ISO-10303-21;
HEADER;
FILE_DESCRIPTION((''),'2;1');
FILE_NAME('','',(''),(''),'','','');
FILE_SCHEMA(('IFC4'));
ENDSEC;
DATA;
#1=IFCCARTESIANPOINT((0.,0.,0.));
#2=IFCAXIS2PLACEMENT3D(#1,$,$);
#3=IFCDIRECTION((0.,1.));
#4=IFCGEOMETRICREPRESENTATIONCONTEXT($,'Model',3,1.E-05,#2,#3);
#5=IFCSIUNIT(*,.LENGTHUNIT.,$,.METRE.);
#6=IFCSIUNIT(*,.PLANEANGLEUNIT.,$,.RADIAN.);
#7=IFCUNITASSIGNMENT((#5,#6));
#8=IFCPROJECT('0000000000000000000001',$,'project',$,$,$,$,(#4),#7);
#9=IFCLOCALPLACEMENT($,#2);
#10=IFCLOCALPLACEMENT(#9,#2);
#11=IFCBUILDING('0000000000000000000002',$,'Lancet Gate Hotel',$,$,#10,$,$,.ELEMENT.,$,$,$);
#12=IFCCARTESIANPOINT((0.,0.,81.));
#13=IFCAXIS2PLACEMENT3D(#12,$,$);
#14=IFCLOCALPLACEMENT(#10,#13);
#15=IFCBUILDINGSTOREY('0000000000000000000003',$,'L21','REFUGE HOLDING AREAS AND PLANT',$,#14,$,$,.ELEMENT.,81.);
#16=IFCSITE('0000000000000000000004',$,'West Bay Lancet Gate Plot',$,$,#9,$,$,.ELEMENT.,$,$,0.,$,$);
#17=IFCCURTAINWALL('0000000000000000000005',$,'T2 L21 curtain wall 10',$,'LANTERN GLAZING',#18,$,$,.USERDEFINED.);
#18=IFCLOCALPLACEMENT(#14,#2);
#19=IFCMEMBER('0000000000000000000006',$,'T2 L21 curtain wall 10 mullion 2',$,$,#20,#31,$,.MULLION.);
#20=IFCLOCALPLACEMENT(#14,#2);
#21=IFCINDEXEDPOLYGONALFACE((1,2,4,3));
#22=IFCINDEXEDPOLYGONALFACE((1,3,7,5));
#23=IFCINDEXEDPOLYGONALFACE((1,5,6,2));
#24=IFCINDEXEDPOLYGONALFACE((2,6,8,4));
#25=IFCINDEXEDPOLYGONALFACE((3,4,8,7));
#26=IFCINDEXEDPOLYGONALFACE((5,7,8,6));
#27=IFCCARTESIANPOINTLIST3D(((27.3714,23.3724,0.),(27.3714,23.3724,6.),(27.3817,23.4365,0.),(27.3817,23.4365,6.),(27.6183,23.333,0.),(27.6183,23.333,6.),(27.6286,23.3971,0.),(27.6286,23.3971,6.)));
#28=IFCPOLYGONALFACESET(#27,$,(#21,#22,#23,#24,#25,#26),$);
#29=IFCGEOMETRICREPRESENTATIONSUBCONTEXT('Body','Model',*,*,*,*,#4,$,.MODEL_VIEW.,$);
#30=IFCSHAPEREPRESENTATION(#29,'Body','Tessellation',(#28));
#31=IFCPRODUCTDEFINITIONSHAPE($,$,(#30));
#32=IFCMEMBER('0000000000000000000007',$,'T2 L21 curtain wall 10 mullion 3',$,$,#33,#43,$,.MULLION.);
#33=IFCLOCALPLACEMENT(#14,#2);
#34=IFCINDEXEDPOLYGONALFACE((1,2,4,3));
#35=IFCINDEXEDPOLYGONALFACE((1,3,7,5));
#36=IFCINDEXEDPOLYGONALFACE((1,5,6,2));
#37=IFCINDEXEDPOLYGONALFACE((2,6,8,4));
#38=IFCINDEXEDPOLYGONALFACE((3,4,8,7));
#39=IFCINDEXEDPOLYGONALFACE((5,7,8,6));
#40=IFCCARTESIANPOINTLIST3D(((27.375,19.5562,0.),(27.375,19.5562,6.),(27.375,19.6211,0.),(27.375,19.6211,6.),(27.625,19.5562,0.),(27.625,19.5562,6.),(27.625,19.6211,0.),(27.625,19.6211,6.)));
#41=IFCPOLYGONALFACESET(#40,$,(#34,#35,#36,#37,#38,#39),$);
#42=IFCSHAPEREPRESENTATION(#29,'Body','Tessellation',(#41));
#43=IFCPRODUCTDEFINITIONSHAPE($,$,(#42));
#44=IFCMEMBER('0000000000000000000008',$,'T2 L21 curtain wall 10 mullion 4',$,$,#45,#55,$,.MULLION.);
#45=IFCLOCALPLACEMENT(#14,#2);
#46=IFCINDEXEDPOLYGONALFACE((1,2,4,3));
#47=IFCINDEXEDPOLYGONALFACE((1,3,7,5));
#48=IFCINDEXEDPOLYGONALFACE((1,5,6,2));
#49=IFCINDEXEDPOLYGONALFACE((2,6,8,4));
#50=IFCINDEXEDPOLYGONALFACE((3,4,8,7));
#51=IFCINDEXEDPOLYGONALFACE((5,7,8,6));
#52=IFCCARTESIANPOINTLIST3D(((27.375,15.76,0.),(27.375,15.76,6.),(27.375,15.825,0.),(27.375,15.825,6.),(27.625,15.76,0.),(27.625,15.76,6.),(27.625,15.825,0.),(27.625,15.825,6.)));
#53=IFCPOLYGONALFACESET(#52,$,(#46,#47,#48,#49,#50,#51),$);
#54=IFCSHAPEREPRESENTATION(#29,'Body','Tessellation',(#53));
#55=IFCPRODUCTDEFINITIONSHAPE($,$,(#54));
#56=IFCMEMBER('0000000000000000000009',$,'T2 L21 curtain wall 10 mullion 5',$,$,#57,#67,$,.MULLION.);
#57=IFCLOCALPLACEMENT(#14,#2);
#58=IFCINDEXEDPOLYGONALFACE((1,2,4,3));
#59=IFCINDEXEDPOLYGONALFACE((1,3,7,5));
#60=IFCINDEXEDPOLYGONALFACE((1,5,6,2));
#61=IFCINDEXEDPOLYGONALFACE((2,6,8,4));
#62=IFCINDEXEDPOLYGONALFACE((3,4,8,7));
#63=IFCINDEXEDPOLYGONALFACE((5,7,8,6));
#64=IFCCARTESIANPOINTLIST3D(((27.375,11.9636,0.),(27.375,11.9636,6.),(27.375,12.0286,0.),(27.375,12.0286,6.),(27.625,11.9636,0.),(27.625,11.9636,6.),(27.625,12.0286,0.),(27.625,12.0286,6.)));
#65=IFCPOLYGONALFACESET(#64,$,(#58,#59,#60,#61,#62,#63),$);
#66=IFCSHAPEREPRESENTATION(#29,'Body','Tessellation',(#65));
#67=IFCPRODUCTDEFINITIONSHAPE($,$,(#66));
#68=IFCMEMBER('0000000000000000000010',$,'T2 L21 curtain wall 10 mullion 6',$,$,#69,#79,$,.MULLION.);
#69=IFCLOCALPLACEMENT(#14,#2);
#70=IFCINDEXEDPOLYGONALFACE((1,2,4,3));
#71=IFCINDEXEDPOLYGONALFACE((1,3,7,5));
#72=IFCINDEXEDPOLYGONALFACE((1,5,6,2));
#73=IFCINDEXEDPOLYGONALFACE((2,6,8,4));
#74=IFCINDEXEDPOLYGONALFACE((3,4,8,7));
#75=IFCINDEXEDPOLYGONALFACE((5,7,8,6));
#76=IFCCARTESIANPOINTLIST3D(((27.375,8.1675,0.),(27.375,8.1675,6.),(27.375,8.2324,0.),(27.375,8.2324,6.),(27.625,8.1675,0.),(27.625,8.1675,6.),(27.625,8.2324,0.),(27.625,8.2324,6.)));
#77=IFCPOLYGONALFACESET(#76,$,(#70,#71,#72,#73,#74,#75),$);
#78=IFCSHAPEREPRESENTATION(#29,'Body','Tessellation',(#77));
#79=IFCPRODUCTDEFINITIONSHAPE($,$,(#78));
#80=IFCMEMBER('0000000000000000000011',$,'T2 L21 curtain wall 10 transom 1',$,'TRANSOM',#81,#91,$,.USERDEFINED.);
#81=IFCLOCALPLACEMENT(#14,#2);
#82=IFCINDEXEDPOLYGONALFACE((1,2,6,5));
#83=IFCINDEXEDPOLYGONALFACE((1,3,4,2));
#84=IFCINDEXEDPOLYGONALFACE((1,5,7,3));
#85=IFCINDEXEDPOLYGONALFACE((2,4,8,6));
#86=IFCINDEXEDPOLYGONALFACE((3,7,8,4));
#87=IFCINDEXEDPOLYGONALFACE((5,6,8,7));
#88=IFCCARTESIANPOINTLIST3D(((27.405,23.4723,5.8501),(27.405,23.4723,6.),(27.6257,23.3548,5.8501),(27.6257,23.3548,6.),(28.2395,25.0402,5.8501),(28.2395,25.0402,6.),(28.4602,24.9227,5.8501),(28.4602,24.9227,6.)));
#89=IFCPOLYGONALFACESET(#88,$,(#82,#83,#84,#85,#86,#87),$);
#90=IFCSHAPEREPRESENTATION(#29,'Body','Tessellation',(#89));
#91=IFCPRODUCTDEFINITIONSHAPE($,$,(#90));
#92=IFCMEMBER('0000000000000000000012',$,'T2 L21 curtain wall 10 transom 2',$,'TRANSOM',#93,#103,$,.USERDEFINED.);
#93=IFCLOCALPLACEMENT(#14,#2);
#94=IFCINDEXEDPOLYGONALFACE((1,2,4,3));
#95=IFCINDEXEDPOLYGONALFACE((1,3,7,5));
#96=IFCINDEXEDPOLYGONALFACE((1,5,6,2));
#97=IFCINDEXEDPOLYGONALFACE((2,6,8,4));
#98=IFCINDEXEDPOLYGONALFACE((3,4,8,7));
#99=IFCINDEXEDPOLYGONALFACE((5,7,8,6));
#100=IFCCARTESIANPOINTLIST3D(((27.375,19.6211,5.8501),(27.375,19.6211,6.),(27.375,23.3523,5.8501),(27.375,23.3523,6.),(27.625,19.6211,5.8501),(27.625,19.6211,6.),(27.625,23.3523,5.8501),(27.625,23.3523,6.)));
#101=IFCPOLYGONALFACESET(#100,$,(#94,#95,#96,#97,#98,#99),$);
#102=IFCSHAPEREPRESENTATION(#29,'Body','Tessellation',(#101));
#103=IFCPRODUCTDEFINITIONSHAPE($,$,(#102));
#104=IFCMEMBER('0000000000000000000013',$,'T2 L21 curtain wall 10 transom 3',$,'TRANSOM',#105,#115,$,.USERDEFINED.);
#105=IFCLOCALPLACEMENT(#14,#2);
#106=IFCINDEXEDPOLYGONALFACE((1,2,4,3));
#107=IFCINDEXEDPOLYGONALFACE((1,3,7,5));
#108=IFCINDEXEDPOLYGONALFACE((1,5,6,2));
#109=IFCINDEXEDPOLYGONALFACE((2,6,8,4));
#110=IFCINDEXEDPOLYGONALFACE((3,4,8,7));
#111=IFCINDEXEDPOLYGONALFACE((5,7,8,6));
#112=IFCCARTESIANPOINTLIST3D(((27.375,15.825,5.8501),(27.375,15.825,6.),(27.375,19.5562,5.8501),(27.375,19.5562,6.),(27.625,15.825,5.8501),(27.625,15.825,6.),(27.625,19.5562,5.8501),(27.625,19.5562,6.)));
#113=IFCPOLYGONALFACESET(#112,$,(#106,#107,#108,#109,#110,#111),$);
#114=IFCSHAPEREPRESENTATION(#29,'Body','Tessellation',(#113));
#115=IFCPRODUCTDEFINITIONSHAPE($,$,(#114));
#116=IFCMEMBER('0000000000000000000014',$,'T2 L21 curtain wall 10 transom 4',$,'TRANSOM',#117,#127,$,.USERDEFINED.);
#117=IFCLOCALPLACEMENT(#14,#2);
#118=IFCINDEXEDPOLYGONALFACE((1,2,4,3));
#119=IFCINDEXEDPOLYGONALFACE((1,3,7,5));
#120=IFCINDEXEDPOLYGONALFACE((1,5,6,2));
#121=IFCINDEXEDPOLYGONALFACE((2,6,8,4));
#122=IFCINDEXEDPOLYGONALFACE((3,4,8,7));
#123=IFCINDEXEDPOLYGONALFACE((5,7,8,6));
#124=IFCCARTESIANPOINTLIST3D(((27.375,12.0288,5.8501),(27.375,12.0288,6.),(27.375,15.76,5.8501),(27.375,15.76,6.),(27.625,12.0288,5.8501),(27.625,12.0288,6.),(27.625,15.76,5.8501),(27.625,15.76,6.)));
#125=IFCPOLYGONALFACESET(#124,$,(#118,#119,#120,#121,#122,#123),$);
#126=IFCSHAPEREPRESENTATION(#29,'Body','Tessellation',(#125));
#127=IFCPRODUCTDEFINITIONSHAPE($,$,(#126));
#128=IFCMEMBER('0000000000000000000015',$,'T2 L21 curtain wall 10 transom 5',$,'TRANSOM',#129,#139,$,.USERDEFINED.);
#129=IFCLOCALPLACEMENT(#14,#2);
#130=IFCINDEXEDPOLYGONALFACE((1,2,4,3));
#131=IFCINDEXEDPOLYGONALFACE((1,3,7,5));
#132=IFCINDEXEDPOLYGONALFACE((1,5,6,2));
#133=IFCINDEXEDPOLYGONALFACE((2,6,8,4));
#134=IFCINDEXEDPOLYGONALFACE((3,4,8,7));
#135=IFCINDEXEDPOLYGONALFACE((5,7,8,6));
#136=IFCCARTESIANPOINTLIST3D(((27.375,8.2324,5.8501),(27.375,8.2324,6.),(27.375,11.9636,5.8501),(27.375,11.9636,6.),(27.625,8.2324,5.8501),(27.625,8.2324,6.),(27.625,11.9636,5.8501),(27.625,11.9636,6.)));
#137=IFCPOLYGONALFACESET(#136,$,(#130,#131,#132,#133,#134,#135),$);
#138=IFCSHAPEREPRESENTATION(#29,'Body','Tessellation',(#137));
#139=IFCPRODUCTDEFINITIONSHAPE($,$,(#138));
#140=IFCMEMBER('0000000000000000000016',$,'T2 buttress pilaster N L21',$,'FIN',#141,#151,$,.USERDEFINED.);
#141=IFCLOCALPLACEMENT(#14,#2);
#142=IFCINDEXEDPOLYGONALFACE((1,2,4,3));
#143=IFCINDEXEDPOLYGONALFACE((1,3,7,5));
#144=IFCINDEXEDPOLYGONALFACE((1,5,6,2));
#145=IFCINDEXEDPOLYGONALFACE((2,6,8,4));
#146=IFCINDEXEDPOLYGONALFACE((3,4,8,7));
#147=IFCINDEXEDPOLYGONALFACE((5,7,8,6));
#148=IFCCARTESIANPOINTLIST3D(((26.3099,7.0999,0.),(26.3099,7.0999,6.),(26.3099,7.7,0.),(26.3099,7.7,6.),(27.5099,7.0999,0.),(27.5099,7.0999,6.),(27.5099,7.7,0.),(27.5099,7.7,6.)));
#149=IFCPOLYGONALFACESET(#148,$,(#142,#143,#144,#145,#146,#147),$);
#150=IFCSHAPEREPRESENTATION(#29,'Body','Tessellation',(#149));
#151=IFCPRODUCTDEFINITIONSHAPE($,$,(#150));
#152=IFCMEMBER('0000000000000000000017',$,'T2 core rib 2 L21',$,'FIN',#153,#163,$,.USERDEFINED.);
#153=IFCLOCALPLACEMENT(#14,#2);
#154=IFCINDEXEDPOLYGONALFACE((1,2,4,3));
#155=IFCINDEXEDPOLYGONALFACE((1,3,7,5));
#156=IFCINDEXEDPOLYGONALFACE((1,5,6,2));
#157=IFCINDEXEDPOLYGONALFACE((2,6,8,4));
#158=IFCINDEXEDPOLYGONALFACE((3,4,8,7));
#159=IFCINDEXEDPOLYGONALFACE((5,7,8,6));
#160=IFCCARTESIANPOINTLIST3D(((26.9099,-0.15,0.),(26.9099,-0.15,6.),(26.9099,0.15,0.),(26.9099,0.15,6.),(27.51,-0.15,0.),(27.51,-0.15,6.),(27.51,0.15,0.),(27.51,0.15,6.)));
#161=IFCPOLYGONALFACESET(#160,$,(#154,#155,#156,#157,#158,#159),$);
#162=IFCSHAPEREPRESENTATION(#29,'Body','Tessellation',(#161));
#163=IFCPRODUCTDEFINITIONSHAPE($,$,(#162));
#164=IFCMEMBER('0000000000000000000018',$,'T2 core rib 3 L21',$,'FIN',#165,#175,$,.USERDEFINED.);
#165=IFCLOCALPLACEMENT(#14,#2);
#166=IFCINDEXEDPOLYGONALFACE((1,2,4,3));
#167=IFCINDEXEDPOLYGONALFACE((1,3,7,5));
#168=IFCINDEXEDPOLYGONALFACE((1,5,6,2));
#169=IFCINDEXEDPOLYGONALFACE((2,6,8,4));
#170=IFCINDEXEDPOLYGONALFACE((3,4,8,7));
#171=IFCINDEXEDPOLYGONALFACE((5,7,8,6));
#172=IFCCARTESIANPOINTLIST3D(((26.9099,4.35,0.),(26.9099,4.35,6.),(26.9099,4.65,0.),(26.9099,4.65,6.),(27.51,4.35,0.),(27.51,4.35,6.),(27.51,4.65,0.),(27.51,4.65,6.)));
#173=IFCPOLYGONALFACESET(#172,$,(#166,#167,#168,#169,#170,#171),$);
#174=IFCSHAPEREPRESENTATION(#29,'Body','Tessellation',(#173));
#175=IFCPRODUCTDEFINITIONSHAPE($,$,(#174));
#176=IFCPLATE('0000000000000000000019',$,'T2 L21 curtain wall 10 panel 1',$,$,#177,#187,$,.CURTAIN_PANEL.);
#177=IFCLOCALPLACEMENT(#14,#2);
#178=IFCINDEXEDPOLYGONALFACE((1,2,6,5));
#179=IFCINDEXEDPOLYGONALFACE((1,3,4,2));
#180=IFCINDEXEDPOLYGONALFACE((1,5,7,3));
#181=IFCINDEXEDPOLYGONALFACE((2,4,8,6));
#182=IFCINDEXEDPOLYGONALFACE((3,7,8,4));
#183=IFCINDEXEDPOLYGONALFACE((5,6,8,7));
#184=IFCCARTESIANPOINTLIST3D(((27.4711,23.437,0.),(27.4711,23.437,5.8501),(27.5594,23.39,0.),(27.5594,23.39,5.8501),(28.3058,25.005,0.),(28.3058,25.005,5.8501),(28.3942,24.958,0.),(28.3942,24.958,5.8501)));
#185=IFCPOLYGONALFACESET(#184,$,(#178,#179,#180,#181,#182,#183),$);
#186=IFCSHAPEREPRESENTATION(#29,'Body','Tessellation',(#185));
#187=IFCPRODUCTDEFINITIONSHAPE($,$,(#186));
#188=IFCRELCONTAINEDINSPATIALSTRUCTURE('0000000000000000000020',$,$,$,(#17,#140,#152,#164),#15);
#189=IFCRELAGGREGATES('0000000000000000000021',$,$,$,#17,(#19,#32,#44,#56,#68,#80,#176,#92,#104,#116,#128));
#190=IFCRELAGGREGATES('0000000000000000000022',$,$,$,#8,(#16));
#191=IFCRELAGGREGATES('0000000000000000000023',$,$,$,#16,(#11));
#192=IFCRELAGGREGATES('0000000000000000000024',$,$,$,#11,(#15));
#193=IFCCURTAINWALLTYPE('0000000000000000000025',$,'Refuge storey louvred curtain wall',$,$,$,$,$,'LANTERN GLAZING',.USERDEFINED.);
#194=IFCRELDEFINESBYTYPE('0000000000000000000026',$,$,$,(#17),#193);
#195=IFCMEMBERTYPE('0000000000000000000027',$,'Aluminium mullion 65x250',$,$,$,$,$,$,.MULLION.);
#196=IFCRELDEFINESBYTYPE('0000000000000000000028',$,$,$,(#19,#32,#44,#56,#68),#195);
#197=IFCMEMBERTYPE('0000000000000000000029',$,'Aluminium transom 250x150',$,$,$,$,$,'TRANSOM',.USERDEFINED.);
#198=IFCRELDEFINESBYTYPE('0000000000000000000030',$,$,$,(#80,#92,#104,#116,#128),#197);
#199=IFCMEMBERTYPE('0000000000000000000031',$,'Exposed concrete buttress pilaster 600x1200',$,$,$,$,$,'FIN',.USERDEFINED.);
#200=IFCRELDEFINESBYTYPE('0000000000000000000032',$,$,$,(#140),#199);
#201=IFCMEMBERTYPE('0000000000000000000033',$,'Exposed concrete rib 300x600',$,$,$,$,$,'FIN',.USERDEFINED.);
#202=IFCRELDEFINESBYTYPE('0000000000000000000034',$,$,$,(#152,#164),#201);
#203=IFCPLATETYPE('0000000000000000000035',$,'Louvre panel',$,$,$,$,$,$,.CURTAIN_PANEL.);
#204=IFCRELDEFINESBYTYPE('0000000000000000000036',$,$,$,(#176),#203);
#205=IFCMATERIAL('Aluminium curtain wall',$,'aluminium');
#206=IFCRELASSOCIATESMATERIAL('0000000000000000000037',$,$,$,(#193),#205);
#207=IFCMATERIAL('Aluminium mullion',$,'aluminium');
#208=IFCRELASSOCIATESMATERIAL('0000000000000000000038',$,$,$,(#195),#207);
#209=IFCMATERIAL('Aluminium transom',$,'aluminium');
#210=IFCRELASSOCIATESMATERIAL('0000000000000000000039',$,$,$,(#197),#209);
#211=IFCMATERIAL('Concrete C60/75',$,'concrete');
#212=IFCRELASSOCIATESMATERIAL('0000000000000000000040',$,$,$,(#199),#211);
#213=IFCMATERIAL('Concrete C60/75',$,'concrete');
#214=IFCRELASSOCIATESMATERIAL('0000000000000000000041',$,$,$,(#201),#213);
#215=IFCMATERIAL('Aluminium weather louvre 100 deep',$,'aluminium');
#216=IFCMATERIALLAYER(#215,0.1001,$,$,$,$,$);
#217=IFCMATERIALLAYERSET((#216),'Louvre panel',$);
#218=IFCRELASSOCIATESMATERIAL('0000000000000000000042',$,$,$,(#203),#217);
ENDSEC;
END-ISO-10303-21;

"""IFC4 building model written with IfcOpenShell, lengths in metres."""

from ifc_helpers import new_model, si_unit, direction, frame, origin, origin_2d, place, context, subcontext, project, spatial, rectangle, extrude, material, layer, layer_set, material_profile, profile_set, type_object, element, aggregate, save


model = new_model("IFC4")

# Units and contexts
model_context = context("Model", 3, precision=1e-05, world=origin(), true_north=direction((0.0, 1.0)))
body_context = subcontext(model_context, "Body", "Model", "MODEL_VIEW")
ifc_project = project(units=[si_unit("LENGTHUNIT", "METRE"), si_unit("PLANEANGLEUNIT", "RADIAN")], contexts=[model_context])

# Site, building, storey
site_placement = place(None, origin())
site = spatial("IfcSite", under=ifc_project, at=site_placement, Name="West Bay Lancet Gate Plot", CompositionType="ELEMENT", RefElevation=0.0)
building_placement = place(site_placement, origin())
building = spatial("IfcBuilding", under=site, at=building_placement, Name="Lancet Gate Hotel", CompositionType="ELEMENT")
storey_placement = place(building_placement, frame((0.0, 0.0, 81.0)))
storey = spatial("IfcBuildingStorey", under=building, at=storey_placement, Name="L21", Description="REFUGE HOLDING AREAS AND PLANT", CompositionType="ELEMENT", Elevation=81.0)

# Curtain wall, members
ifc_material_1 = material(Name="Aluminium curtain wall", Category="aluminium")
curtain_wall_type = type_object("IfcCurtainWallType", Name="Refuge storey louvred curtain wall", ElementType="LANTERN GLAZING", PredefinedType="USERDEFINED", material=ifc_material_1)
curtain_wall_placement = place(storey_placement, origin())
curtain_wall = element("IfcCurtainWall", 1, at=curtain_wall_placement, inside=storey, type_object=curtain_wall_type, Name="T2 L21 curtain wall 10", ObjectType="LANTERN GLAZING", PredefinedType="USERDEFINED")
ifc_material_2 = material(Name="Aluminium mullion", Category="aluminium")
ifc_material_profile_1 = material_profile(ifc_material_2, rectangle(XDim=0.0649, YDim=0.25, at=origin_2d()), Name="MULLION 65x250")
ifc_profile_set_1 = profile_set([ifc_material_profile_1], Name="Aluminium mullion")
member_type_1 = type_object("IfcMemberType", Name="Aluminium mullion 65x250", PredefinedType="MULLION", material=ifc_profile_set_1)
member_1_placement = place(storey_placement, frame((27.5, 23.3848, 0.0), z_axis=(0.0, 0.0, 1.0), x_axis=(-0.157593, -0.987504, 0.0)))
member_1 = element("IfcMember", 2, at=member_1_placement, type_object=member_type_1, Name="T2 L21 curtain wall 10 mullion 2", PredefinedType="MULLION", context=body_context, shape_type="SweptSolid", body=[
    extrude(rectangle(XDim=0.0649, YDim=0.25, at=origin_2d()), origin(), (0.0, 0.0, 1.0), 6.0),
])
member_2_placement = place(storey_placement, frame((27.5, 19.5886, 0.0), z_axis=(0.0, 0.0, 1.0), x_axis=(0.0, -1.0, 0.0)))
member_2 = element("IfcMember", 3, at=member_2_placement, type_object=member_type_1, Name="T2 L21 curtain wall 10 mullion 3", PredefinedType="MULLION", context=body_context, shape_type="SweptSolid", body=[
    extrude(rectangle(XDim=0.0649, YDim=0.25, at=origin_2d()), origin(), (0.0, 0.0, 1.0), 6.0),
])
member_3_placement = place(storey_placement, frame((27.5, 15.7925, 0.0), z_axis=(0.0, 0.0, 1.0), x_axis=(0.0, -1.0, 0.0)))
member_3 = element("IfcMember", 4, at=member_3_placement, type_object=member_type_1, Name="T2 L21 curtain wall 10 mullion 4", PredefinedType="MULLION", context=body_context, shape_type="SweptSolid", body=[
    extrude(rectangle(XDim=0.0649, YDim=0.25, at=origin_2d()), origin(), (0.0, 0.0, 1.0), 6.0),
])
member_4_placement = place(storey_placement, frame((27.5, 11.9961, 0.0), z_axis=(0.0, 0.0, 1.0), x_axis=(0.0, -1.0, 0.0)))
member_4 = element("IfcMember", 5, at=member_4_placement, type_object=member_type_1, Name="T2 L21 curtain wall 10 mullion 5", PredefinedType="MULLION", context=body_context, shape_type="SweptSolid", body=[
    extrude(rectangle(XDim=0.0649, YDim=0.25, at=origin_2d()), origin(), (0.0, 0.0, 1.0), 6.0),
])
member_5_placement = place(storey_placement, frame((27.5, 8.2, 0.0), z_axis=(0.0, 0.0, 1.0), x_axis=(0.0, -1.0, 0.0)))
member_5 = element("IfcMember", 6, at=member_5_placement, type_object=member_type_1, Name="T2 L21 curtain wall 10 mullion 6", PredefinedType="MULLION", context=body_context, shape_type="SweptSolid", body=[
    extrude(rectangle(XDim=0.0649, YDim=0.25, at=origin_2d()), origin(), (0.0, 0.0, 1.0), 6.0),
])
ifc_material_3 = material(Name="Aluminium transom", Category="aluminium")
ifc_material_profile_2 = material_profile(ifc_material_3, rectangle(XDim=0.25, YDim=0.1499, at=origin_2d()), Name="TRANSOM 250x150")
ifc_profile_set_2 = profile_set([ifc_material_profile_2], Name="Aluminium transom")
member_type_2 = type_object("IfcMemberType", Name="Aluminium transom 250x150", ElementType="TRANSOM", PredefinedType="USERDEFINED", material=ifc_profile_set_2)
member_6_placement = place(storey_placement, frame((28.3499, 24.9814, 5.925), z_axis=(-0.469832, -0.882756, 0.0), x_axis=(0.882756, -0.469832, 0.0)))
member_6 = element("IfcMember", 7, at=member_6_placement, type_object=member_type_2, Name="T2 L21 curtain wall 10 transom 1", ObjectType="TRANSOM", PredefinedType="USERDEFINED", context=body_context, shape_type="SweptSolid", body=[
    extrude(rectangle(XDim=0.25, YDim=0.1499, at=origin_2d()), origin(), (0.0, 0.0, 1.0), 1.7761),
])
member_7_placement = place(storey_placement, frame((27.5, 23.3523, 5.925), z_axis=(0.0, -1.0, 0.0), x_axis=(1.0, 0.0, 0.0)))
member_7 = element("IfcMember", 8, at=member_7_placement, type_object=member_type_2, Name="T2 L21 curtain wall 10 transom 2", ObjectType="TRANSOM", PredefinedType="USERDEFINED", context=body_context, shape_type="SweptSolid", body=[
    extrude(rectangle(XDim=0.25, YDim=0.1499, at=origin_2d()), origin(), (0.0, 0.0, 1.0), 3.7312),
])
member_8_placement = place(storey_placement, frame((27.5, 19.5562, 5.925), z_axis=(0.0, -1.0, 0.0), x_axis=(1.0, 0.0, 0.0)))
member_8 = element("IfcMember", 9, at=member_8_placement, type_object=member_type_2, Name="T2 L21 curtain wall 10 transom 3", ObjectType="TRANSOM", PredefinedType="USERDEFINED", context=body_context, shape_type="SweptSolid", body=[
    extrude(rectangle(XDim=0.25, YDim=0.1499, at=origin_2d()), origin(), (0.0, 0.0, 1.0), 3.7312),
])
member_9_placement = place(storey_placement, frame((27.5, 15.76, 5.925), z_axis=(0.0, -1.0, 0.0), x_axis=(1.0, 0.0, 0.0)))
member_9 = element("IfcMember", 10, at=member_9_placement, type_object=member_type_2, Name="T2 L21 curtain wall 10 transom 4", ObjectType="TRANSOM", PredefinedType="USERDEFINED", context=body_context, shape_type="SweptSolid", body=[
    extrude(rectangle(XDim=0.25, YDim=0.1499, at=origin_2d()), origin(), (0.0, 0.0, 1.0), 3.7312),
])
member_10_placement = place(storey_placement, frame((27.5, 11.9636, 5.925), z_axis=(0.0, -1.0, 0.0), x_axis=(1.0, 0.0, 0.0)))
member_10 = element("IfcMember", 11, at=member_10_placement, type_object=member_type_2, Name="T2 L21 curtain wall 10 transom 5", ObjectType="TRANSOM", PredefinedType="USERDEFINED", context=body_context, shape_type="SweptSolid", body=[
    extrude(rectangle(XDim=0.25, YDim=0.1499, at=origin_2d()), origin(), (0.0, 0.0, 1.0), 3.7312),
])

# Members
ifc_material_4 = material(Name="Concrete C60/75", Category="concrete")
ifc_material_profile_3 = material_profile(ifc_material_4, rectangle(XDim=0.6001, YDim=1.2, at=origin_2d()), Name="FIN 600x1200")
ifc_profile_set_3 = profile_set([ifc_material_profile_3], Name="Concrete C60/75")
member_type_3 = type_object("IfcMemberType", Name="Exposed concrete buttress pilaster 600x1200", ElementType="FIN", PredefinedType="USERDEFINED", material=ifc_profile_set_3)
member_11_placement = place(storey_placement, frame((26.9099, 7.3999, 0.0), z_axis=(0.0, 0.0, 1.0), x_axis=(0.0, 1.0, 0.0)))
element("IfcMember", 12, at=member_11_placement, inside=storey, type_object=member_type_3, Name="T2 buttress pilaster N L21", ObjectType="FIN", PredefinedType="USERDEFINED", context=body_context, shape_type="SweptSolid", body=[
    extrude(rectangle(XDim=0.6001, YDim=1.2, at=origin_2d()), origin(), (0.0, 0.0, 1.0), 6.0),
])
ifc_material_5 = material(Name="Concrete C60/75", Category="concrete")
ifc_material_profile_4 = material_profile(ifc_material_5, rectangle(XDim=0.3, YDim=0.6001, at=origin_2d()), Name="FIN 300x600")
ifc_profile_set_4 = profile_set([ifc_material_profile_4], Name="Concrete C60/75")
member_type_4 = type_object("IfcMemberType", Name="Exposed concrete rib 300x600", ElementType="FIN", PredefinedType="USERDEFINED", material=ifc_profile_set_4)
for number, where, z_axis, x_axis, name in (
    (13, (27.21, 0.0, 0.0), (0.0, 0.0, 1.0), (0.0, 1.0, 0.0), "T2 core rib 2 L21"),
    (14, (27.21, 4.5, 0.0), (0.0, 0.0, 1.0), (0.0, 1.0, 0.0), "T2 core rib 3 L21"),
):
    element("IfcMember", number, at=place(storey_placement, frame(where, z_axis=z_axis, x_axis=x_axis)), inside=storey, type_object=member_type_4, Name=name, ObjectType="FIN", PredefinedType="USERDEFINED", context=body_context, shape_type="SweptSolid", body=[
        extrude(rectangle(XDim=0.3, YDim=0.6001, at=origin_2d()), origin(), (0.0, 0.0, 1.0), 6.0),
    ])

# Plate
ifc_material_6 = material(Name="Aluminium weather louvre 100 deep", Category="aluminium")
ifc_layer_1 = layer(ifc_material_6, 0.1001)
ifc_layer_set_1 = layer_set([ifc_layer_1], Name="Louvre panel")
plate_type = type_object("IfcPlateType", Name="Louvre panel", PredefinedType="CURTAIN_PANEL", material=ifc_layer_set_1)
plate_1_placement = place(storey_placement, frame((27.9326, 24.1975, 0.0), z_axis=(0.0, 0.0, 1.0), x_axis=(-0.469898, -0.882721, 0.0)))
plate_1 = element("IfcPlate", 15, at=plate_1_placement, type_object=plate_type, Name="T2 L21 curtain wall 10 panel 1", PredefinedType="CURTAIN_PANEL", context=body_context, shape_type="SweptSolid", body=[
    extrude(rectangle(XDim=1.7764, YDim=0.1001, at=origin_2d()), origin(), (0.0, 0.0, 1.0), 5.8501),
])
aggregate(curtain_wall, [member_1, member_2, member_3, member_4, member_5, member_6, plate_1, member_7, member_8, member_9, member_10])

save(model, "model.ifc")
